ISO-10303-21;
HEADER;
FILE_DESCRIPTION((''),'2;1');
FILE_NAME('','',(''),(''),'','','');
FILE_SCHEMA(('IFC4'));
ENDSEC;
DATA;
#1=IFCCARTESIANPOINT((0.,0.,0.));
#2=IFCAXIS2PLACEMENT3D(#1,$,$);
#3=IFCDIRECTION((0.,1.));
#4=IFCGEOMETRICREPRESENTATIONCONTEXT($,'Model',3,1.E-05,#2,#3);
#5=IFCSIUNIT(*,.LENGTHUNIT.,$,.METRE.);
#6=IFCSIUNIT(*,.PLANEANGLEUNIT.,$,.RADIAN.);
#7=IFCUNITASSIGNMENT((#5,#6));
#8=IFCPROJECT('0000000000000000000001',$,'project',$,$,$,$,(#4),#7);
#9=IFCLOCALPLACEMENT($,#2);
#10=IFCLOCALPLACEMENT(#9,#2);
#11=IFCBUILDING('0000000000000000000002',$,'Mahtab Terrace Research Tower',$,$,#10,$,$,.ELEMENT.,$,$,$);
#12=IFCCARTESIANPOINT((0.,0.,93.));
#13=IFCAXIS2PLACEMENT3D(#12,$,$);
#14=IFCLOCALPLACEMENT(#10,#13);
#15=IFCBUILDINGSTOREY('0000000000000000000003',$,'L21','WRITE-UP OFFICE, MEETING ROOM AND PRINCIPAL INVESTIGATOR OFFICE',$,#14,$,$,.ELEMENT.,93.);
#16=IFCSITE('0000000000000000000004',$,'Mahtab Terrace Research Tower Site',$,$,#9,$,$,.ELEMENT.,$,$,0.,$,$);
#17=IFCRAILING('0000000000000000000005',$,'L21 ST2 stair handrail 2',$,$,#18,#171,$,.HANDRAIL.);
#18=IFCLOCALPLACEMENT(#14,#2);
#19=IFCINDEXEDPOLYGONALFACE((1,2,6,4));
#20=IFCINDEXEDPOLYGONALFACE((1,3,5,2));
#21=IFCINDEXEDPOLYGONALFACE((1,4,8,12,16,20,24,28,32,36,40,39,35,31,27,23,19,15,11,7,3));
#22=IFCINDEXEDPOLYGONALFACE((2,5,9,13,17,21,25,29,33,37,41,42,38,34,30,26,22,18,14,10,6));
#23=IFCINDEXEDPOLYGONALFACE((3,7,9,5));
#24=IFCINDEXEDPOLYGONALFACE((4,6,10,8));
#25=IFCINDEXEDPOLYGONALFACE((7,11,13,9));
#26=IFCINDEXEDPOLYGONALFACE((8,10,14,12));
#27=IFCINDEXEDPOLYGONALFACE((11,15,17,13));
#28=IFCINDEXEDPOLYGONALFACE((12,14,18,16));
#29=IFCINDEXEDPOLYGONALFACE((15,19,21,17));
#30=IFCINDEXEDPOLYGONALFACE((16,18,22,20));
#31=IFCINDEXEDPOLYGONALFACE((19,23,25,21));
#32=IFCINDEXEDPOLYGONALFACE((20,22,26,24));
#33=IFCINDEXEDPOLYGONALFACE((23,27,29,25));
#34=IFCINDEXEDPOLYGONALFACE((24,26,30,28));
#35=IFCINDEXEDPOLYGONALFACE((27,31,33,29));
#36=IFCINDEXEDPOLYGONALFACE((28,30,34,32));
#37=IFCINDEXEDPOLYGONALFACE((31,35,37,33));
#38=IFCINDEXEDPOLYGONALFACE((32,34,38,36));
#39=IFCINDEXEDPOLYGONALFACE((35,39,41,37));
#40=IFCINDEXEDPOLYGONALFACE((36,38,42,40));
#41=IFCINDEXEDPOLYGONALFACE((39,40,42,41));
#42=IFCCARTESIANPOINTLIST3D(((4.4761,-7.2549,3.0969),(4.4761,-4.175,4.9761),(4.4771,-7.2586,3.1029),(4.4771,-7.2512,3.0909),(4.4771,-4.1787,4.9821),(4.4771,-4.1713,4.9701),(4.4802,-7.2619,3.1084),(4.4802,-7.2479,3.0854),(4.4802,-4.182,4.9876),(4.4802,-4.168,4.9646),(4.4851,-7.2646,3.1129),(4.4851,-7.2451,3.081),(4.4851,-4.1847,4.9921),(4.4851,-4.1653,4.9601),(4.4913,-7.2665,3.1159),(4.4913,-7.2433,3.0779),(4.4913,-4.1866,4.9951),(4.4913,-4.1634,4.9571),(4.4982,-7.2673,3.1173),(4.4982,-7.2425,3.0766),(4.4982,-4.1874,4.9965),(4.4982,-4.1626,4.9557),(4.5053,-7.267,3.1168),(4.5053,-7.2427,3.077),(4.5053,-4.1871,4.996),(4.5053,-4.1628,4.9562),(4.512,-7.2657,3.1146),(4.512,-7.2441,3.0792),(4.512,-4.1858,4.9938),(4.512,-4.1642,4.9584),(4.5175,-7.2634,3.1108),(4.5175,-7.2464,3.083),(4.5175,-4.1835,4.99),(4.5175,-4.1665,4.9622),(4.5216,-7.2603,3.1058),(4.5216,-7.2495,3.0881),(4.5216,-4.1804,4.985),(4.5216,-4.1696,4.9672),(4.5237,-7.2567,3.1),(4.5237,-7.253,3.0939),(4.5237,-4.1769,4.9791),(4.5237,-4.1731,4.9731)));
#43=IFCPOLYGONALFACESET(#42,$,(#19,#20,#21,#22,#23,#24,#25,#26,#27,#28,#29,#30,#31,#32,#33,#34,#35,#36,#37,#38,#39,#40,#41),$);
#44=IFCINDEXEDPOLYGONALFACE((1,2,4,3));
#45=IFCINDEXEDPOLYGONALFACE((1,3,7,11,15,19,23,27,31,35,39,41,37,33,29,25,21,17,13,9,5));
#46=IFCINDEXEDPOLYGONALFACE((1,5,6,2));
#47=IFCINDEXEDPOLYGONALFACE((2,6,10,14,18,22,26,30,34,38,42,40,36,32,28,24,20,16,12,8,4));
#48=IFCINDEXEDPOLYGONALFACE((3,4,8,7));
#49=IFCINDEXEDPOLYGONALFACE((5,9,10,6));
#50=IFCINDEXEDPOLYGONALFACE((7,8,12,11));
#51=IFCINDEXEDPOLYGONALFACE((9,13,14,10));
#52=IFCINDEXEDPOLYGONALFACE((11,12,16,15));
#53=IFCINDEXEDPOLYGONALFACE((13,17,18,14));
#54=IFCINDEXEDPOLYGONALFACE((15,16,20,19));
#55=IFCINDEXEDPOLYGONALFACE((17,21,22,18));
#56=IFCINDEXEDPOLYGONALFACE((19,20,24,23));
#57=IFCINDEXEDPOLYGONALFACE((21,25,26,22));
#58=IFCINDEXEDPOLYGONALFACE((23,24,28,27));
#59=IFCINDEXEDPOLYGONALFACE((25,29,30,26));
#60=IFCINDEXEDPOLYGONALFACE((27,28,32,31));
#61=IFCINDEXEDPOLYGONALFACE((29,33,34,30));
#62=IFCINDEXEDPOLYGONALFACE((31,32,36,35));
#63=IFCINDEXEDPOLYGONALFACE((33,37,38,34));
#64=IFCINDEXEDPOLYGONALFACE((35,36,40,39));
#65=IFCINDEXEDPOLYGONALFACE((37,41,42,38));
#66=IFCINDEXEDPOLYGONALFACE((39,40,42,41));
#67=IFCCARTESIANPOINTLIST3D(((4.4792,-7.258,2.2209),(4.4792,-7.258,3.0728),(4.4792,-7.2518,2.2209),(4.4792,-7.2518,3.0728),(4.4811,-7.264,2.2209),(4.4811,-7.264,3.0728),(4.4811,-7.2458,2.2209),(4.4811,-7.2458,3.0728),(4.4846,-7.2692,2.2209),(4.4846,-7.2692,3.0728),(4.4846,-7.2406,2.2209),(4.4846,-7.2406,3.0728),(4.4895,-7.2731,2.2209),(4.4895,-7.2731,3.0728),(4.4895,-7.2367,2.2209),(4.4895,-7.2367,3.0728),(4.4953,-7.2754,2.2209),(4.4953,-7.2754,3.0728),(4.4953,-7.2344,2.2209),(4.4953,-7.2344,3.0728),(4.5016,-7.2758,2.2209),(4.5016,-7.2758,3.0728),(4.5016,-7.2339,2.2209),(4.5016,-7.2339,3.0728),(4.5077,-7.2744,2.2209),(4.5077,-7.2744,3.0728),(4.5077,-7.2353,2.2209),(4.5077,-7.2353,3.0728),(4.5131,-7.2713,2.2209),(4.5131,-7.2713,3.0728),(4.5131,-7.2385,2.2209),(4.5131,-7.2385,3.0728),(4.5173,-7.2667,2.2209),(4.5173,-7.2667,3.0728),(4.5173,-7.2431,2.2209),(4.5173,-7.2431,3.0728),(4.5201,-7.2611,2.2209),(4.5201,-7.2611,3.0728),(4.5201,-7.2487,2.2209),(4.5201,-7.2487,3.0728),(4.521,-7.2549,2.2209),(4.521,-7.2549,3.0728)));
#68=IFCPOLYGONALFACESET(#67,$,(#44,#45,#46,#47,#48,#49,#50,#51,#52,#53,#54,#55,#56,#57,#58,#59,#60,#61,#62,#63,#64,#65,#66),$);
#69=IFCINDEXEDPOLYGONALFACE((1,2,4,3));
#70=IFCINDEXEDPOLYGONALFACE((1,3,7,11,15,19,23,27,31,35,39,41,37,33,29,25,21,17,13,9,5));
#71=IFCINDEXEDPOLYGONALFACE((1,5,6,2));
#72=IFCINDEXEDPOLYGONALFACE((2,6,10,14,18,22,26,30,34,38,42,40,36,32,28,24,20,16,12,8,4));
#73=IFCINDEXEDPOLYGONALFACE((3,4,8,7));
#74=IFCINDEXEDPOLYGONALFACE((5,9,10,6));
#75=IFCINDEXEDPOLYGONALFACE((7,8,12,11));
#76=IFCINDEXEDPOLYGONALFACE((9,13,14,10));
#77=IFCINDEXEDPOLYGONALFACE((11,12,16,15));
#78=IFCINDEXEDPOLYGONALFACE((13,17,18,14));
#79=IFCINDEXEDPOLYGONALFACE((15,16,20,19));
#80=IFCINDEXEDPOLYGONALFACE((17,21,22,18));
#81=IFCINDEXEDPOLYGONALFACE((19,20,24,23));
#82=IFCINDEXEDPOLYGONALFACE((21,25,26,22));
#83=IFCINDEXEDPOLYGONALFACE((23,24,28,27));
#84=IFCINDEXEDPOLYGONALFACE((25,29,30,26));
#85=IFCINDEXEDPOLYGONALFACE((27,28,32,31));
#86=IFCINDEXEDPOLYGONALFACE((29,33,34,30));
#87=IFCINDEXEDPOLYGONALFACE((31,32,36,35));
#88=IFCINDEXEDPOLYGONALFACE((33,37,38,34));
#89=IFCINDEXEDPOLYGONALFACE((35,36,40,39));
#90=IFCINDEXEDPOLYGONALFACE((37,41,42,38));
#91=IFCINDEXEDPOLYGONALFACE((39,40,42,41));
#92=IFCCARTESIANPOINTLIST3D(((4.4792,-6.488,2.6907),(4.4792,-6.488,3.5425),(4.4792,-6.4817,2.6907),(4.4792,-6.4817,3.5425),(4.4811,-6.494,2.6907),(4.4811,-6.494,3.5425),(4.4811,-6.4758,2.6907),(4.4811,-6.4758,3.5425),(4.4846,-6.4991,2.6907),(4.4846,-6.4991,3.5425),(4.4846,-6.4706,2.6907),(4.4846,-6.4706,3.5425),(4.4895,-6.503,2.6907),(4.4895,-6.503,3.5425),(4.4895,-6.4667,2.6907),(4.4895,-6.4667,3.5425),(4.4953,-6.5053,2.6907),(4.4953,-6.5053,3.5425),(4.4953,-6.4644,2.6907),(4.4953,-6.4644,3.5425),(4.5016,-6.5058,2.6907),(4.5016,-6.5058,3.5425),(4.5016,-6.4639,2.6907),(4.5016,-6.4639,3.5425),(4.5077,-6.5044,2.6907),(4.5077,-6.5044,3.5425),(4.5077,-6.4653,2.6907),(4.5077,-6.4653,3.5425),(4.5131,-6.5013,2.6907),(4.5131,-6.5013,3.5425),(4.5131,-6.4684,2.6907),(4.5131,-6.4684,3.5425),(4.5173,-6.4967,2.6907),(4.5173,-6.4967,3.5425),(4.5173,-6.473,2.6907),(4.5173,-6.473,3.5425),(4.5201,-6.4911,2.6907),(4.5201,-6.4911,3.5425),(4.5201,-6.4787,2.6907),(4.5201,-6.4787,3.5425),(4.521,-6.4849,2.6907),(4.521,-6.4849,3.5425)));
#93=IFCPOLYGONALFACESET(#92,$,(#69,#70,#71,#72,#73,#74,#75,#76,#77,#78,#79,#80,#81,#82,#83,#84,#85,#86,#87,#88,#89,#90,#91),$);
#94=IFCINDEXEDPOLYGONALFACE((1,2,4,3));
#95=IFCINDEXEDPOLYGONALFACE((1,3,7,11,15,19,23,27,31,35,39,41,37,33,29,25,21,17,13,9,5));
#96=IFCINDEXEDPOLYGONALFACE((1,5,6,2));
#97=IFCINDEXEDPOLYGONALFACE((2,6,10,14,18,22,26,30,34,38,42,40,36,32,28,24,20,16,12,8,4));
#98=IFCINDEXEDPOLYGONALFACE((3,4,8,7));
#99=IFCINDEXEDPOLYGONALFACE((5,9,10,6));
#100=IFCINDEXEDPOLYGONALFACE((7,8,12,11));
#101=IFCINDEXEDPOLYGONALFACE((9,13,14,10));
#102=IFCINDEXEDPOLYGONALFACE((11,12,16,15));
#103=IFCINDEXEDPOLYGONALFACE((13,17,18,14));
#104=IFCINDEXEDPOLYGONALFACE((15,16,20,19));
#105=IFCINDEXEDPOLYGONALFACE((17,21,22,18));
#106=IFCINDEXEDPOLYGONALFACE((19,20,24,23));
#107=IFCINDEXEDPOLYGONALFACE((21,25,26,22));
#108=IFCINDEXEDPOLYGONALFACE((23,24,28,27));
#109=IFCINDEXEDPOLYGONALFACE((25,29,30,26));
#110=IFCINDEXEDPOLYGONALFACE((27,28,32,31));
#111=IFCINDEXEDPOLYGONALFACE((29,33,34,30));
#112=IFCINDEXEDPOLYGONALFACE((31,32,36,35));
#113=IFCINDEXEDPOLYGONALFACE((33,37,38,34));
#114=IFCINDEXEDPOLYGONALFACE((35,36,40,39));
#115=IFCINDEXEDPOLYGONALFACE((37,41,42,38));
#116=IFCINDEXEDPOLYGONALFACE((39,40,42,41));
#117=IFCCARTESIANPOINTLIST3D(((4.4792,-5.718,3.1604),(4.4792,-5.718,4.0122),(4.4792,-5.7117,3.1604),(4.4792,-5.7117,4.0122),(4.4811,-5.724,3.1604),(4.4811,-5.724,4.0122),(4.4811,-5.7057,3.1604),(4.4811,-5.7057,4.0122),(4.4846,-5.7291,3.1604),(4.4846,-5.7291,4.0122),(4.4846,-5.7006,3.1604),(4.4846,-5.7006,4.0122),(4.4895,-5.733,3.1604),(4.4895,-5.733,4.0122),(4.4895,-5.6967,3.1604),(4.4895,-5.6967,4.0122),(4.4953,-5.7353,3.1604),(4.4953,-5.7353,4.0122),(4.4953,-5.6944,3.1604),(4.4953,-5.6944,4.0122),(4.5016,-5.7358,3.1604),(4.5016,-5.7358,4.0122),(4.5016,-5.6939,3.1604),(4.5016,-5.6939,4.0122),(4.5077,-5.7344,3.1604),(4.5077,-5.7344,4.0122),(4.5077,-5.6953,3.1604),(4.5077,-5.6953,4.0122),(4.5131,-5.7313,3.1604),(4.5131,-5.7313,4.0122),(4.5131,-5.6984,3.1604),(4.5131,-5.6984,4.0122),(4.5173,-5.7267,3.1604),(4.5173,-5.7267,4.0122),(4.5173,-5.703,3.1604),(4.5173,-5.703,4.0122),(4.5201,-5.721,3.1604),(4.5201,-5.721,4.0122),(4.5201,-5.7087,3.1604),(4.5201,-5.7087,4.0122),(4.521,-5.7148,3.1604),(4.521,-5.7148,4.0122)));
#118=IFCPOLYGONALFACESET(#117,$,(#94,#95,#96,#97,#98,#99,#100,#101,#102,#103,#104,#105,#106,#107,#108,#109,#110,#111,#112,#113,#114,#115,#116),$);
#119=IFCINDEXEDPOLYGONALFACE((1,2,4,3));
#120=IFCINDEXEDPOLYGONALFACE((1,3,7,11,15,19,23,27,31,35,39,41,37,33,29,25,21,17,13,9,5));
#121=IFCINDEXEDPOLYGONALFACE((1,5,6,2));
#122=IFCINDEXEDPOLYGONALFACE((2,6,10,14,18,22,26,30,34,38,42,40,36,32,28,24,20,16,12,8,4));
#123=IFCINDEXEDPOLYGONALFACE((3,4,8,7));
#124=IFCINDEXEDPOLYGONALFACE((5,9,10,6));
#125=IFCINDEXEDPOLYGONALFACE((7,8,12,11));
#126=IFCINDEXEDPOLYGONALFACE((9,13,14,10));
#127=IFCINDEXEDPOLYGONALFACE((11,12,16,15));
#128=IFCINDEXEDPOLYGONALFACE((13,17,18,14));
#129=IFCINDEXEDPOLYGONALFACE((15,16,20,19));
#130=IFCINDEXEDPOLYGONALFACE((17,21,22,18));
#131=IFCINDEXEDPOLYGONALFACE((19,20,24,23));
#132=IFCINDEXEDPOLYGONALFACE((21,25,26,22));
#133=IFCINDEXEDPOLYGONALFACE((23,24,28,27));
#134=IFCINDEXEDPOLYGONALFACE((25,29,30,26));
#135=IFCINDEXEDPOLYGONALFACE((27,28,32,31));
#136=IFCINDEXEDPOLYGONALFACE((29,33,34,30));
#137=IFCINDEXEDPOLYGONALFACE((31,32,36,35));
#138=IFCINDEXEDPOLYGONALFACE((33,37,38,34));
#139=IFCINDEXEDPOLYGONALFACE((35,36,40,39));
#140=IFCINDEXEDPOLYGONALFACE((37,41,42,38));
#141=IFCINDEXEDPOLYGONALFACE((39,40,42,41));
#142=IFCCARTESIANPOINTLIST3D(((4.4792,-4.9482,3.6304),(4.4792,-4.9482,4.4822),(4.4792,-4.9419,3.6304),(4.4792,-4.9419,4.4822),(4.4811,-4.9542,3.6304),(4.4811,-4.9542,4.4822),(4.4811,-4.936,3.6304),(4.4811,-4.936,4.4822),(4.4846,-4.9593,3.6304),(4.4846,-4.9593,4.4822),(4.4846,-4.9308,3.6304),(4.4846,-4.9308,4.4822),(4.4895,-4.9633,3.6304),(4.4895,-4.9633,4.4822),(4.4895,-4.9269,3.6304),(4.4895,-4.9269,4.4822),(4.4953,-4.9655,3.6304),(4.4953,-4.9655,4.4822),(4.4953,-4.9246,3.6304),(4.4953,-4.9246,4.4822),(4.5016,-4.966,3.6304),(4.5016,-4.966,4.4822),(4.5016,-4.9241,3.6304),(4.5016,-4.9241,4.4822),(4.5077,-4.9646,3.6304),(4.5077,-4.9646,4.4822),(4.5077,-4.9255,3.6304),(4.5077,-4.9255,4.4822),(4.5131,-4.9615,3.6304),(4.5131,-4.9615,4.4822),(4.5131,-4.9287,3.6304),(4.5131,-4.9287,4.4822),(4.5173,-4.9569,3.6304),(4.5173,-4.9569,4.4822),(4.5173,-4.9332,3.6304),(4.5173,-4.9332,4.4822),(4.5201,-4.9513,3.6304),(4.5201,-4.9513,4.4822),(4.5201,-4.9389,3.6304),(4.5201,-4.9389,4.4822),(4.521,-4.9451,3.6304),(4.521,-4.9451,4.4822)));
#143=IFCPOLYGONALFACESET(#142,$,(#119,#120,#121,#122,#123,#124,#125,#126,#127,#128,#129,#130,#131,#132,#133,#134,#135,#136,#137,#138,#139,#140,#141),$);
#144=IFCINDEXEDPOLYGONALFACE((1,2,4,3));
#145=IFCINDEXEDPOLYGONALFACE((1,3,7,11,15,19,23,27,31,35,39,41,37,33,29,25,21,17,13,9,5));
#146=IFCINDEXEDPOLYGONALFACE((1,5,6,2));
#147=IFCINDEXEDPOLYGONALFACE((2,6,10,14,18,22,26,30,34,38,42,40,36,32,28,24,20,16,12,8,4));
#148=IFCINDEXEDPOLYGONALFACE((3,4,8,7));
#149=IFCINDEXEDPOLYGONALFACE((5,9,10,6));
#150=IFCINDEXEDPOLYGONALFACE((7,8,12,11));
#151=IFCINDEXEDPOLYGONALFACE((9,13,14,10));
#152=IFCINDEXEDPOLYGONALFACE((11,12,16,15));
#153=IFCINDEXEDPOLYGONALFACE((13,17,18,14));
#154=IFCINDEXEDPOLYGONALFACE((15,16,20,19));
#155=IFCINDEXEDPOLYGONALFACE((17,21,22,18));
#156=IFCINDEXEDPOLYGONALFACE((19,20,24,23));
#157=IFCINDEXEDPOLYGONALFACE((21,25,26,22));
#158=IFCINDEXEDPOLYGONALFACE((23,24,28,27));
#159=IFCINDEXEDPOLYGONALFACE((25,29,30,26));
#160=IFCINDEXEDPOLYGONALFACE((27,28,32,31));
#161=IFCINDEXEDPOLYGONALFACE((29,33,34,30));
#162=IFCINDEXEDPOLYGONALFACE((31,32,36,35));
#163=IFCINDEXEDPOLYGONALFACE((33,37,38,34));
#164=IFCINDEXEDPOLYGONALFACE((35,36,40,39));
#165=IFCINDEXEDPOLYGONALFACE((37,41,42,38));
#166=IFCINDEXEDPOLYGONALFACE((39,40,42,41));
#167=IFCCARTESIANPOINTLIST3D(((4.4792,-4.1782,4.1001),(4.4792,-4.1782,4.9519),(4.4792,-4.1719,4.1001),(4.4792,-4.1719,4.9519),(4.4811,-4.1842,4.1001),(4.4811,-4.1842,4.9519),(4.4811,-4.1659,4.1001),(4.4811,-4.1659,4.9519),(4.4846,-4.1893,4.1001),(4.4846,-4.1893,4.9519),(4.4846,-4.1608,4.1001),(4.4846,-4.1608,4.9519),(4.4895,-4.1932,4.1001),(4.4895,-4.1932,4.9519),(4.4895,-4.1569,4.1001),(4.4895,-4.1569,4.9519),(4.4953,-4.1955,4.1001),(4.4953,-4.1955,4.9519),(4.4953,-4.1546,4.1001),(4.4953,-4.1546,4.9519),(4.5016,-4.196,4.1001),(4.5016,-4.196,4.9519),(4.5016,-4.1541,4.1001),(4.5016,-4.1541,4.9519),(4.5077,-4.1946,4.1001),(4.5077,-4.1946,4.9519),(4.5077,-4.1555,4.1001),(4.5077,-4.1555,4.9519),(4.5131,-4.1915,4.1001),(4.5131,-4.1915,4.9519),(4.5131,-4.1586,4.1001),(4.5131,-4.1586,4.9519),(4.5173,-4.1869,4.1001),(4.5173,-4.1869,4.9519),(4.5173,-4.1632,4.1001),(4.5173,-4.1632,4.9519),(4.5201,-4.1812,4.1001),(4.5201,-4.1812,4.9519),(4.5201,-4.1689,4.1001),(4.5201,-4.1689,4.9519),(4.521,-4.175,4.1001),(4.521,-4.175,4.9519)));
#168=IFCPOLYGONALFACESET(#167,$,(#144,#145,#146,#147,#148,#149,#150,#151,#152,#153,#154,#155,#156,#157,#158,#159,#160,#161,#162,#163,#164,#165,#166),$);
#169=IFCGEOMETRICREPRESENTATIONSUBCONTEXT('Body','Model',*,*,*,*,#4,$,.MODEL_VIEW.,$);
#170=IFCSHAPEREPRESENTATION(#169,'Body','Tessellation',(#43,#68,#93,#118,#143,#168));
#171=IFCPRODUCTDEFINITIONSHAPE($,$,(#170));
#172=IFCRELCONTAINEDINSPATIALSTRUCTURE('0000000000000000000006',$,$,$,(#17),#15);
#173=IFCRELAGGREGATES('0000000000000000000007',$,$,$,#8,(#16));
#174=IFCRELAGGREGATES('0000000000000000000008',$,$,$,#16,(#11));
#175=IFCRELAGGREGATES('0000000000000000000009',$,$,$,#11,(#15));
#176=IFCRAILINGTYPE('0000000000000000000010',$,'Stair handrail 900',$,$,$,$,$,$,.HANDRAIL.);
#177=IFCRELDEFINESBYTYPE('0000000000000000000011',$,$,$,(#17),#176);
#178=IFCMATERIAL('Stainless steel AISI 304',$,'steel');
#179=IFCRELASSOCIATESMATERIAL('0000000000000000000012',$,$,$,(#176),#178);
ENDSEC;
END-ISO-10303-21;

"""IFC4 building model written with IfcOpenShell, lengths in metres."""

from ifc_helpers import new_model, si_unit, direction, frame, origin, origin_2d, place, context, subcontext, project, spatial, circle, extrude, material, type_object, element, save


model = new_model("IFC4")

# Units and contexts
model_context = context("Model", 3, precision=1e-05, world=origin(), true_north=direction((0.0, 1.0)))
body_context = subcontext(model_context, "Body", "Model", "MODEL_VIEW")
ifc_project = project(units=[si_unit("LENGTHUNIT", "METRE"), si_unit("PLANEANGLEUNIT", "RADIAN")], contexts=[model_context])

# Site, building, storey
site_placement = place(None, origin())
site = spatial("IfcSite", under=ifc_project, at=site_placement, Name="Mahtab Terrace Research Tower Site", CompositionType="ELEMENT", RefElevation=0.0)
building_placement = place(site_placement, origin())
building = spatial("IfcBuilding", under=site, at=building_placement, Name="Mahtab Terrace Research Tower", CompositionType="ELEMENT")
storey_placement = place(building_placement, frame((0.0, 0.0, 93.0)))
storey = spatial("IfcBuildingStorey", under=building, at=storey_placement, Name="L21", Description="WRITE-UP OFFICE, MEETING ROOM AND PRINCIPAL INVESTIGATOR OFFICE", CompositionType="ELEMENT", Elevation=93.0)

# Railing
ifc_material_1 = material(Name="Stainless steel AISI 304", Category="steel")
railing_type_1 = type_object("IfcRailingType", Name="Stair handrail 900", PredefinedType="HANDRAIL", material=ifc_material_1)
railing_1_placement = place(storey_placement, frame((4.5, -7.2549, 2.2209)))
element("IfcRailing", 1, at=railing_1_placement, inside=storey, type_object=railing_type_1, Name="L21 ST2 stair handrail 2", PredefinedType="HANDRAIL", context=body_context, shape_type="SweptSolid", body=[
    extrude(circle(Radius=0.0239, at=origin_2d()), frame((0.0, 0.0, 0.876), z_axis=(0.0, 0.853648, 0.52085), x_axis=(-1.0, 0.0, 0.0)), (0.0, 0.0, 1.0), 3.6079),
    extrude(circle(Radius=0.021, at=origin_2d()), origin(), (0.0, 0.0, 1.0), 0.8518),
    extrude(circle(Radius=0.021, at=origin_2d()), frame((0.0, 0.77, 0.4697)), (0.0, 0.0, 1.0), 0.8518),
    extrude(circle(Radius=0.021, at=origin_2d()), frame((0.0, 1.54, 0.9395)), (0.0, 0.0, 1.0), 0.8518),
    extrude(circle(Radius=0.021, at=origin_2d()), frame((0.0, 2.3098, 1.4094)), (0.0, 0.0, 1.0), 0.8518),
    extrude(circle(Radius=0.021, at=origin_2d()), frame((0.0, 3.0798, 1.8792)), (0.0, 0.0, 1.0), 0.8518),
])

save(model, "model.ifc")
